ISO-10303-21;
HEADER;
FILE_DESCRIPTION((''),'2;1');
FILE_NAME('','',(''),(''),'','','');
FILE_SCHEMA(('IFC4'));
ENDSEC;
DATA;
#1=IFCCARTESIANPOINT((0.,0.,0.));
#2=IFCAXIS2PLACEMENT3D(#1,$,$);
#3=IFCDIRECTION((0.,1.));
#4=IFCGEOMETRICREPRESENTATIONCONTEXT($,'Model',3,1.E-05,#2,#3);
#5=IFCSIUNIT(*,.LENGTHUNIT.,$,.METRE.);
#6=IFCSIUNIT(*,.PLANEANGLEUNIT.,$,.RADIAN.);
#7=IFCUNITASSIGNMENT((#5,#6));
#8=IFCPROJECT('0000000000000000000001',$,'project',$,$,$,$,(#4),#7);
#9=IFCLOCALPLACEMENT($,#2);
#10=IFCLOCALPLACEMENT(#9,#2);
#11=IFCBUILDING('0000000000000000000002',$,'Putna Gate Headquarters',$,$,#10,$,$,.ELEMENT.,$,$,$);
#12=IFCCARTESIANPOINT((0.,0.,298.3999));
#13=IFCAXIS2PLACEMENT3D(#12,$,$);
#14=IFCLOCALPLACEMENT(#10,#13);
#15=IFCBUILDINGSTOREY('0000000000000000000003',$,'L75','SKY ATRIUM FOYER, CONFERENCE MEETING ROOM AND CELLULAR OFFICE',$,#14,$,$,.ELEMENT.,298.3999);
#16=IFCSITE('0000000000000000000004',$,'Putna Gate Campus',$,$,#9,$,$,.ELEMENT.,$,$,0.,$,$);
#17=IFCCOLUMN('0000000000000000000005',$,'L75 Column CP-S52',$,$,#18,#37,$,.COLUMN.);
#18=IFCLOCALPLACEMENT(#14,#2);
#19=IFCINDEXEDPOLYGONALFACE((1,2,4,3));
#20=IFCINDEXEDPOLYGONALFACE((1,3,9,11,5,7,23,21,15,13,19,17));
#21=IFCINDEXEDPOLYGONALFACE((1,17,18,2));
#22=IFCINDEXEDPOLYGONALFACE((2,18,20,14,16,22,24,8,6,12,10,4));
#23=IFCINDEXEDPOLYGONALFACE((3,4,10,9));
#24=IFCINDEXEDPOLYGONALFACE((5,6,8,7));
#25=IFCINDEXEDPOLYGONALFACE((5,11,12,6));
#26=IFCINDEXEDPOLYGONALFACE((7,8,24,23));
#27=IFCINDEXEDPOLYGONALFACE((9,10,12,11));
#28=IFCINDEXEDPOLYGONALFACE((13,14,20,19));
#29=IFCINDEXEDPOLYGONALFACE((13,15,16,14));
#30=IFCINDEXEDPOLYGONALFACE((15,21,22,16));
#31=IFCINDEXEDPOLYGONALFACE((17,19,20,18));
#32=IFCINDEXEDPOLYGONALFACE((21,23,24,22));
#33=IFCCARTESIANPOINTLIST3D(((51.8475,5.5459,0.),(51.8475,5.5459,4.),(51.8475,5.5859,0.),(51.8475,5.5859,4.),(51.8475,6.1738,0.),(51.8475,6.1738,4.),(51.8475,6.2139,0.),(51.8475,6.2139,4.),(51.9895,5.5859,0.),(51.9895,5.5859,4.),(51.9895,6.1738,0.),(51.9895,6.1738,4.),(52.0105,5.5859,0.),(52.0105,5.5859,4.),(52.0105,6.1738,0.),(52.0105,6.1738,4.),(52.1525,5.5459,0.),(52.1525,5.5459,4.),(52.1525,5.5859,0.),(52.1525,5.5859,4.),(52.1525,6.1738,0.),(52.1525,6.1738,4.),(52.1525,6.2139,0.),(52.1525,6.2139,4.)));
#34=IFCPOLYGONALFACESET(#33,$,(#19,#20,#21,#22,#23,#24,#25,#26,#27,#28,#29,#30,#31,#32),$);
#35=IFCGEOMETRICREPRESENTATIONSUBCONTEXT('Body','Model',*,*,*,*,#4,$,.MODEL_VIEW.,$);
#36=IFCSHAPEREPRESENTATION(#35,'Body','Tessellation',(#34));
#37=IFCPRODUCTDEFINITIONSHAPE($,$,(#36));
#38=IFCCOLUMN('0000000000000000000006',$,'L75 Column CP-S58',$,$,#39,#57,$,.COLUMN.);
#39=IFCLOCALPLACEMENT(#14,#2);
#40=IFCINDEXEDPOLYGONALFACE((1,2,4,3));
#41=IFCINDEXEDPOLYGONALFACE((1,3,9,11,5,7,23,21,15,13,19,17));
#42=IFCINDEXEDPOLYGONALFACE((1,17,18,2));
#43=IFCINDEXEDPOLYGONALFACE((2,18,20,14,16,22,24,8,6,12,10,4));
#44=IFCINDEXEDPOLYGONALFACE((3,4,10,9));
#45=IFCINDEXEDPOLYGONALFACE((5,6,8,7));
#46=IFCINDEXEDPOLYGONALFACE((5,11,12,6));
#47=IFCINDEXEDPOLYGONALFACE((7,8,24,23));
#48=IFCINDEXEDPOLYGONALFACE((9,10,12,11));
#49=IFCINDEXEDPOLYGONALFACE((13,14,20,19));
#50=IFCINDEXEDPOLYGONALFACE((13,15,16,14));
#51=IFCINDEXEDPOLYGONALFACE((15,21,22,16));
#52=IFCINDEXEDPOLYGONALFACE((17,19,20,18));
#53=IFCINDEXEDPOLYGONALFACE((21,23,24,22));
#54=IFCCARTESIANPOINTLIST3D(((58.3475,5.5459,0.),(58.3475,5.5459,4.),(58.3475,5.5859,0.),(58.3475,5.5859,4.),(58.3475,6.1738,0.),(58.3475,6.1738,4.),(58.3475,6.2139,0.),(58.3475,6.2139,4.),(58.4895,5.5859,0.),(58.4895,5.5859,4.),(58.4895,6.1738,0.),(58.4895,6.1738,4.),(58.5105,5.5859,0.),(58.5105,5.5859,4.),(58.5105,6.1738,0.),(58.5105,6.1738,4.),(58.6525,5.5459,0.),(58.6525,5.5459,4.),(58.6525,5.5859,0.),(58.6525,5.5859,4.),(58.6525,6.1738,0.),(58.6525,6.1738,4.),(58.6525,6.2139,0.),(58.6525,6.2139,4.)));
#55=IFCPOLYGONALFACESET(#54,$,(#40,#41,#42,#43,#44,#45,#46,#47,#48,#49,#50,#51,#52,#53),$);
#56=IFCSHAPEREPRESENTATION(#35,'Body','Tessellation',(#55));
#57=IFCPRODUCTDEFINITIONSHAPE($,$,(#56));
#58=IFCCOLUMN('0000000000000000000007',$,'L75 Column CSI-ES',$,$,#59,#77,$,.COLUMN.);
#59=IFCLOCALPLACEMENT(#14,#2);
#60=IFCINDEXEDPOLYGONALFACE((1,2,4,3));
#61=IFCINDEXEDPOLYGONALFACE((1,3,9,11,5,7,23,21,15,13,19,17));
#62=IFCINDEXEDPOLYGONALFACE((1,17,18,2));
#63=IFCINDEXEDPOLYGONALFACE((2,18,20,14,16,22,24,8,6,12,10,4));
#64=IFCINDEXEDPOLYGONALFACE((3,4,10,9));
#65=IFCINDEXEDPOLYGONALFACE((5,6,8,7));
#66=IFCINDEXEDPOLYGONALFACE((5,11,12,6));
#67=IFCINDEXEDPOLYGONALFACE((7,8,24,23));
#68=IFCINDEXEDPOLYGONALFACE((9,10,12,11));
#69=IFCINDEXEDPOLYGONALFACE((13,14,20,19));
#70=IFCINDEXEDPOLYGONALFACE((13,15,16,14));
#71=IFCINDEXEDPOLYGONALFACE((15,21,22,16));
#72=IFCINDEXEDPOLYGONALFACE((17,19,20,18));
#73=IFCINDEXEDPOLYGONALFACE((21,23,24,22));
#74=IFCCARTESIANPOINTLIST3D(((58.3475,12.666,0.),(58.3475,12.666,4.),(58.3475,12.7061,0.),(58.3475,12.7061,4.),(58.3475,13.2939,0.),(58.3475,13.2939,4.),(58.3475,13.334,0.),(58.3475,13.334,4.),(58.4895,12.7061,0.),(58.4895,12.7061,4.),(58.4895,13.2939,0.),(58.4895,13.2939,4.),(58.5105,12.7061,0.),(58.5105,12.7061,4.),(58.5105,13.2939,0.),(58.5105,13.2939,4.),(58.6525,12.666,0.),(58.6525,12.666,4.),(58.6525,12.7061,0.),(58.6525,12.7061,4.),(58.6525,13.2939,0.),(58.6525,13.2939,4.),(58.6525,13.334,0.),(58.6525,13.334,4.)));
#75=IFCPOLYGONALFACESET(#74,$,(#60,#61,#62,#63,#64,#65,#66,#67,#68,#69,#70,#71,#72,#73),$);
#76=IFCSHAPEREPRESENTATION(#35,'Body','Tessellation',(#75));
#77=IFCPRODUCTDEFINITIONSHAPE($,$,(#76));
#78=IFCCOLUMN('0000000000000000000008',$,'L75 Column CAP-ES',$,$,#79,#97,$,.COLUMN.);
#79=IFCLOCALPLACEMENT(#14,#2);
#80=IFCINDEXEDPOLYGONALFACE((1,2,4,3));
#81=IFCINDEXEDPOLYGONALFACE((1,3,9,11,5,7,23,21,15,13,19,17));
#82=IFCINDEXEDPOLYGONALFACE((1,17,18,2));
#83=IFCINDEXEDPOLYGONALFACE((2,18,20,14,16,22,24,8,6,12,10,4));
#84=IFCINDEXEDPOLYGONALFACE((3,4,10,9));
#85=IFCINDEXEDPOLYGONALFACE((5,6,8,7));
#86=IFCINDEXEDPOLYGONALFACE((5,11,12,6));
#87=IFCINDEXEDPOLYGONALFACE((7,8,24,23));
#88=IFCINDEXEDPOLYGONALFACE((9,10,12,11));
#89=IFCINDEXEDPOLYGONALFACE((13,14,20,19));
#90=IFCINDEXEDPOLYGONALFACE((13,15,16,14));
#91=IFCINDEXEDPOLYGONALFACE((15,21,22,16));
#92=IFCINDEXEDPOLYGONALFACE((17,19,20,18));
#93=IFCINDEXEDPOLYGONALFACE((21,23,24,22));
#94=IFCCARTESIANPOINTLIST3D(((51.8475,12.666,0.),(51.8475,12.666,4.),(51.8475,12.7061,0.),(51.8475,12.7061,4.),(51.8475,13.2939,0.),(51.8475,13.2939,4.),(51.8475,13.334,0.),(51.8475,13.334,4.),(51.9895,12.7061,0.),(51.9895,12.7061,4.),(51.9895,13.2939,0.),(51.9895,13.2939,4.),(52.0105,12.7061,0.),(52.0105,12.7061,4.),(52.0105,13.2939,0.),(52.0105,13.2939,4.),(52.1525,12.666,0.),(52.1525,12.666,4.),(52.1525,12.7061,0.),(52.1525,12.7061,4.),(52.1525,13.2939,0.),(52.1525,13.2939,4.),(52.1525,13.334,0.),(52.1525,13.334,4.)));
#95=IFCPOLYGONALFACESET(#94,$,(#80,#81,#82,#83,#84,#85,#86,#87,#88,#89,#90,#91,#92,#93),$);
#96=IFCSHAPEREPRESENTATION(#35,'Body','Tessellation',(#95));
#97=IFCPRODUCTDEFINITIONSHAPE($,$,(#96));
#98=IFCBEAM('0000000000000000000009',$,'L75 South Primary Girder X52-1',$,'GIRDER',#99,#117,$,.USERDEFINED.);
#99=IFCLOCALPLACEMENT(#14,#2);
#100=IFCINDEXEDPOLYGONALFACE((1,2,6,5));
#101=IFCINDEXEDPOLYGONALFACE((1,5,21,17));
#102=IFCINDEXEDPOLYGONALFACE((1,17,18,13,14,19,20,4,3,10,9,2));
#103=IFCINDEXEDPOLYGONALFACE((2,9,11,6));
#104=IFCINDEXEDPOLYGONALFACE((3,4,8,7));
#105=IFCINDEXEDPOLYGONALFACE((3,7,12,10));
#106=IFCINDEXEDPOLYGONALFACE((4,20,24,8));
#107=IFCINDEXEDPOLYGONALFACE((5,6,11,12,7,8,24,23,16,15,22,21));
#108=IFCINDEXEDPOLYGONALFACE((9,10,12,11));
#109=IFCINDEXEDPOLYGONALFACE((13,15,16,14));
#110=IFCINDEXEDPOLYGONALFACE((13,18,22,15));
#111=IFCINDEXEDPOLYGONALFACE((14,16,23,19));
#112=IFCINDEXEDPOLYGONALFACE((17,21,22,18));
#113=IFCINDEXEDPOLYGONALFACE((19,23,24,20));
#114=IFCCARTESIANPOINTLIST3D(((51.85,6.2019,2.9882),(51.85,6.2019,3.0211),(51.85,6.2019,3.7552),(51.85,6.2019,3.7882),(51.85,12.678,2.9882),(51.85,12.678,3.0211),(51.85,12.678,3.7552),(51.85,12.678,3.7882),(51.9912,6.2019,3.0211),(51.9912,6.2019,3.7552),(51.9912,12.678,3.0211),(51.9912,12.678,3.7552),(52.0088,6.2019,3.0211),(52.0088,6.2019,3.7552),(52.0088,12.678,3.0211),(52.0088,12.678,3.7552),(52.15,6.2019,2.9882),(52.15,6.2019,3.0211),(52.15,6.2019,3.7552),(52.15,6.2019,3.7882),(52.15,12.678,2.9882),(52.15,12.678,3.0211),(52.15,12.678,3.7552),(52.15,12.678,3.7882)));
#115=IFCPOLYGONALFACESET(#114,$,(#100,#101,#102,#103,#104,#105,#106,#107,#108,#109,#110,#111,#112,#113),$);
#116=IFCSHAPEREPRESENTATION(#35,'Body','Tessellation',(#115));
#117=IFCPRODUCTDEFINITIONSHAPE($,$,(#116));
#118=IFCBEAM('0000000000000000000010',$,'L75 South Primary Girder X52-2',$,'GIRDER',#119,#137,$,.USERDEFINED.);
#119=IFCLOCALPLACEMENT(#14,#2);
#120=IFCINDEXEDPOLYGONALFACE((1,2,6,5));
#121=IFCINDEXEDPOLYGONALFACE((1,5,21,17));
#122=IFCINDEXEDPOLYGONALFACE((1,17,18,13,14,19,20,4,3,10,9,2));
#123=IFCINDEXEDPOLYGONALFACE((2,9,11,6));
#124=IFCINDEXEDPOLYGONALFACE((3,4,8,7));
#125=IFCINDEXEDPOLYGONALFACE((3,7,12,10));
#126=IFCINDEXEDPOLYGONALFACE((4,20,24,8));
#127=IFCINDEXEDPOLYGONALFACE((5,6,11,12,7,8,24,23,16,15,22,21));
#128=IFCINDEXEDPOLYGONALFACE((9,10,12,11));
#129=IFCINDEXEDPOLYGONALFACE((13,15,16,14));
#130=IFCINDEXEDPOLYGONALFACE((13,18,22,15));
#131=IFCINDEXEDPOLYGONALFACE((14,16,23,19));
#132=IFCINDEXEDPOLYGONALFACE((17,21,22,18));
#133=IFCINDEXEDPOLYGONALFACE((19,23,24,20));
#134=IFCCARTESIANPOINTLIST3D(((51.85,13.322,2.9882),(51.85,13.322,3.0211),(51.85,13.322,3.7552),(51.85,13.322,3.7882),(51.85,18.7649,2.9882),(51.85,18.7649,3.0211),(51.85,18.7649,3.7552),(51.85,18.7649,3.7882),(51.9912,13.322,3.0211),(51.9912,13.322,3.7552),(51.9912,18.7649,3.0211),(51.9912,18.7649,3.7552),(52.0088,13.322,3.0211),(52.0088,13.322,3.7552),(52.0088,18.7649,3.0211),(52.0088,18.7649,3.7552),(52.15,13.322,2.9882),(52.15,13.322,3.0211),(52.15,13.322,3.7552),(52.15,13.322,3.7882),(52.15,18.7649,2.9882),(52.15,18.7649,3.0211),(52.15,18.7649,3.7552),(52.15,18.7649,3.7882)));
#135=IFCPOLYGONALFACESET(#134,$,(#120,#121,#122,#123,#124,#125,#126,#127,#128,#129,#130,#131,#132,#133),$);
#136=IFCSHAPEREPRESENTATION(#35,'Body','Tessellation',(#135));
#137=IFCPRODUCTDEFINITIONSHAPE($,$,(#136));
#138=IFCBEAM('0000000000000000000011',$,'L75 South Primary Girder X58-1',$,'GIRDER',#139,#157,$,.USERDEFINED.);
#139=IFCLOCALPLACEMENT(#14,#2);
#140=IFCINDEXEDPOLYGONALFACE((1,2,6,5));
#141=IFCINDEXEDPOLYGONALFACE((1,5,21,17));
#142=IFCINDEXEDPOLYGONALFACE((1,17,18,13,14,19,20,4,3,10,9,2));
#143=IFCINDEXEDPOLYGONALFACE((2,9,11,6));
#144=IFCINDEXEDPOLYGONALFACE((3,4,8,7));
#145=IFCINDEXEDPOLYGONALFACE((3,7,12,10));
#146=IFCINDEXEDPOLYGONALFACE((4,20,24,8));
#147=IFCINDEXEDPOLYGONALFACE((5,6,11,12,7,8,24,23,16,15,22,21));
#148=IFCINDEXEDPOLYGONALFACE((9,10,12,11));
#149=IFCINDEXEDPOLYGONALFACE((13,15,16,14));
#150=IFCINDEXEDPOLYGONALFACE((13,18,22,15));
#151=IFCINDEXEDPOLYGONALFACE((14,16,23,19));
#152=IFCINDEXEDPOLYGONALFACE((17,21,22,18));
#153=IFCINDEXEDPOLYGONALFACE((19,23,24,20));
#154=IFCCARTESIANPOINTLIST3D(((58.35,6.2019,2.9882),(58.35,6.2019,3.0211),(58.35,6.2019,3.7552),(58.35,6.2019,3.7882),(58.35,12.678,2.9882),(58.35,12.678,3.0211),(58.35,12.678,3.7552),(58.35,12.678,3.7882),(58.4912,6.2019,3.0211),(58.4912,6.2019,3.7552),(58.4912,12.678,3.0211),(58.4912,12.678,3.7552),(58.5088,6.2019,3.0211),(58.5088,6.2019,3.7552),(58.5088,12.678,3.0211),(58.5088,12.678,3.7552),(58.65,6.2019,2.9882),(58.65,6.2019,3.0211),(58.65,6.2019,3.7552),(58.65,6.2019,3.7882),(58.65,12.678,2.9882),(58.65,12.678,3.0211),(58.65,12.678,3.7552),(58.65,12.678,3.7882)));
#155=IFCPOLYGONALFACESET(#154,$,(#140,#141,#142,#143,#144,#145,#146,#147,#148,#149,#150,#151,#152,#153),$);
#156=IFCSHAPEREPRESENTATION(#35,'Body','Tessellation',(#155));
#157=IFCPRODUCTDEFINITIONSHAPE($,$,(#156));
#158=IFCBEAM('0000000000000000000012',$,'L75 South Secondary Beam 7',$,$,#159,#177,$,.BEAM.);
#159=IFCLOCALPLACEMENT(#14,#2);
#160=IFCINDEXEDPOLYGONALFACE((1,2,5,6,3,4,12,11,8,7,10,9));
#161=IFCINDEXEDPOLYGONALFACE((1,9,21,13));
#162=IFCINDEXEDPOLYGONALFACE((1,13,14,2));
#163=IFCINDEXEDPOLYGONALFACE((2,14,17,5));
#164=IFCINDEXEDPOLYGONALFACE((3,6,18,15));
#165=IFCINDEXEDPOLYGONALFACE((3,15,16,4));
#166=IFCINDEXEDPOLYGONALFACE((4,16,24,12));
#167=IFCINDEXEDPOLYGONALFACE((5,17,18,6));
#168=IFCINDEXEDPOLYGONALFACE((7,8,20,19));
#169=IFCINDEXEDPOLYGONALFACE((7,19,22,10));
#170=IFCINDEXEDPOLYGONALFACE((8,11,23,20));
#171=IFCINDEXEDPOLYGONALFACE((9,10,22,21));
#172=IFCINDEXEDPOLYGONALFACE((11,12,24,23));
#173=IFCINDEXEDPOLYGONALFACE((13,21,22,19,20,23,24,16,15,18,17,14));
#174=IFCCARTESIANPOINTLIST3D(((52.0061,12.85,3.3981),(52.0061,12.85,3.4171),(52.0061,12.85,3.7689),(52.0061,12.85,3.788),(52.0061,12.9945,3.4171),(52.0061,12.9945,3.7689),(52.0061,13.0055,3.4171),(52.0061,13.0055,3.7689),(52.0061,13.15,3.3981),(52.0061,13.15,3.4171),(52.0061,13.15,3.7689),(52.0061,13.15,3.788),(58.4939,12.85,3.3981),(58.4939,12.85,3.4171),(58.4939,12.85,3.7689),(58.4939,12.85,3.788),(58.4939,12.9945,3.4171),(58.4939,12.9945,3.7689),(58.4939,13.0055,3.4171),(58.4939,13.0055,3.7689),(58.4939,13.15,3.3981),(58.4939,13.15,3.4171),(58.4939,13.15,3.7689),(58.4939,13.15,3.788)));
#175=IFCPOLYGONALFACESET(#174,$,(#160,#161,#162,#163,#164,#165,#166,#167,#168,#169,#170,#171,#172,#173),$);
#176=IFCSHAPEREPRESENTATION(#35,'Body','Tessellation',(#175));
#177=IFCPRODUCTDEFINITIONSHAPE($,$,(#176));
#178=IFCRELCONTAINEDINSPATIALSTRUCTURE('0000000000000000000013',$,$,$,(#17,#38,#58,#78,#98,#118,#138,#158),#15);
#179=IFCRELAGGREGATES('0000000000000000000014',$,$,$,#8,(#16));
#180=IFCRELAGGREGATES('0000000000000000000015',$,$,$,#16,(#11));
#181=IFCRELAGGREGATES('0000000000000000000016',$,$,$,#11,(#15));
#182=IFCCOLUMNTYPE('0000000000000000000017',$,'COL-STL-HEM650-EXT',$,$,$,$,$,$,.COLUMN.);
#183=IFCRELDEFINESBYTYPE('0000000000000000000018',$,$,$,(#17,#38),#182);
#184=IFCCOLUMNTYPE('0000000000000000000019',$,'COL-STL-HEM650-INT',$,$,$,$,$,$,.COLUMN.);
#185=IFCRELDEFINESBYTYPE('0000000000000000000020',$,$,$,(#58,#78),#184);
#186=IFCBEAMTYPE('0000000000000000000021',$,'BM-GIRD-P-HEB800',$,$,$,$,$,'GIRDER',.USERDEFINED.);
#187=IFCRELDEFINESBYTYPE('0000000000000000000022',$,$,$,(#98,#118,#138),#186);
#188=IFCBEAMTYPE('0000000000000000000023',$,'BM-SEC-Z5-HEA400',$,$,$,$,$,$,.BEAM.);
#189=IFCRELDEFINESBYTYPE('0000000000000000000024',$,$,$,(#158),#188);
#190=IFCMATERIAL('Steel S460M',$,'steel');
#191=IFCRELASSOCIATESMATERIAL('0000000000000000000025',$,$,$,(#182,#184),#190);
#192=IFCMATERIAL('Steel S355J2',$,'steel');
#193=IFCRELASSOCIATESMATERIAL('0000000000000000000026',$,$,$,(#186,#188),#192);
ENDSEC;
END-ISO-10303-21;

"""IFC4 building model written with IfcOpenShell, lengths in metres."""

from ifc_helpers import new_model, si_unit, direction, frame, origin, origin_2d, place, context, subcontext, project, spatial, i_section, extrude, material, material_profile, profile_set, type_object, element, save


model = new_model("IFC4")

# Units and contexts
model_context = context("Model", 3, precision=1e-05, world=origin(), true_north=direction((0.0, 1.0)))
body_context = subcontext(model_context, "Body", "Model", "MODEL_VIEW")
ifc_project = project(units=[si_unit("LENGTHUNIT", "METRE"), si_unit("PLANEANGLEUNIT", "RADIAN")], contexts=[model_context])

# Site, building, storey
site_placement = place(None, origin())
site = spatial("IfcSite", under=ifc_project, at=site_placement, Name="Putna Gate Campus", CompositionType="ELEMENT", RefElevation=0.0)
building_placement = place(site_placement, origin())
building = spatial("IfcBuilding", under=site, at=building_placement, Name="Putna Gate Headquarters", CompositionType="ELEMENT")
storey_placement = place(building_placement, frame((0.0, 0.0, 298.3999)))
storey = spatial("IfcBuildingStorey", under=building, at=storey_placement, Name="L75", Description="SKY ATRIUM FOYER, CONFERENCE MEETING ROOM AND CELLULAR OFFICE", CompositionType="ELEMENT", Elevation=298.3999)

# Columns
ifc_material_1 = material(Name="Steel S460M", Category="steel")
ifc_material_profile_1 = material_profile(ifc_material_1, i_section(OverallWidth=0.3049, OverallDepth=0.668, WebThickness=0.021, FlangeThickness=0.04, at=origin_2d()), Name="Steel S460M")
ifc_profile_set_1 = profile_set([ifc_material_profile_1], Name="Steel S460M")
column_type_1 = type_object("IfcColumnType", Name="COL-STL-HEM650-EXT", PredefinedType="COLUMN", material=ifc_profile_set_1)
for number, where, z_axis, x_axis, name in (
    (1, (52.0, 5.8799, 0.0), (0.0, 0.0, 1.0), (1.0, 0.0, 0.0), "L75 Column CP-S52"),
    (2, (58.5, 5.8799, 0.0), (0.0, 0.0, 1.0), (1.0, 0.0, 0.0), "L75 Column CP-S58"),
):
    element("IfcColumn", number, at=place(storey_placement, frame(where, z_axis=z_axis, x_axis=x_axis)), inside=storey, type_object=column_type_1, Name=name, PredefinedType="COLUMN", context=body_context, shape_type="SweptSolid", body=[
        extrude(i_section(OverallWidth=0.3049, OverallDepth=0.668, WebThickness=0.021, FlangeThickness=0.04, at=origin_2d()), origin(), (0.0, 0.0, 1.0), 4.0),
    ])
ifc_material_profile_2 = material_profile(ifc_material_1, i_section(OverallWidth=0.3049, OverallDepth=0.668, WebThickness=0.021, FlangeThickness=0.04, at=origin_2d()), Name="Steel S460M")
ifc_profile_set_2 = profile_set([ifc_material_profile_2], Name="Steel S460M")
column_type_2 = type_object("IfcColumnType", Name="COL-STL-HEM650-INT", PredefinedType="COLUMN", material=ifc_profile_set_2)
for number, where, z_axis, x_axis, name in (
    (3, (58.5, 13.0, 0.0), (0.0, 0.0, 1.0), (1.0, 0.0, 0.0), "L75 Column CSI-ES"),
    (4, (52.0, 13.0, 0.0), (0.0, 0.0, 1.0), (1.0, 0.0, 0.0), "L75 Column CAP-ES"),
):
    element("IfcColumn", number, at=place(storey_placement, frame(where, z_axis=z_axis, x_axis=x_axis)), inside=storey, type_object=column_type_2, Name=name, PredefinedType="COLUMN", context=body_context, shape_type="SweptSolid", body=[
        extrude(i_section(OverallWidth=0.3049, OverallDepth=0.668, WebThickness=0.021, FlangeThickness=0.04, at=origin_2d()), origin(), (0.0, 0.0, 1.0), 4.0),
    ])

# Beams
ifc_material_2 = material(Name="Steel S355J2", Category="steel")
ifc_material_profile_3 = material_profile(ifc_material_2, i_section(OverallWidth=0.3, OverallDepth=0.8, WebThickness=0.0176, FlangeThickness=0.033, at=origin_2d()), Name="Steel S355J2")
ifc_profile_set_3 = profile_set([ifc_material_profile_3], Name="Steel S355J2")
beam_type_1 = type_object("IfcBeamType", Name="BM-GIRD-P-HEB800", ElementType="GIRDER", PredefinedType="USERDEFINED", material=ifc_profile_set_3)
beam_1_placement = place(storey_placement, frame((52.0, 6.2019, 3.3882), z_axis=(0.0, 1.0, 0.0), x_axis=(-1.0, 0.0, 0.0)))
element("IfcBeam", 5, at=beam_1_placement, inside=storey, type_object=beam_type_1, Name="L75 South Primary Girder X52-1", ObjectType="GIRDER", PredefinedType="USERDEFINED", context=body_context, shape_type="SweptSolid", body=[
    extrude(i_section(OverallWidth=0.3, OverallDepth=0.8, WebThickness=0.0176, FlangeThickness=0.033, at=origin_2d()), origin(), (0.0, 0.0, 1.0), 6.4761),
])
beam_2_placement = place(storey_placement, frame((52.0, 13.322, 3.3882), z_axis=(0.0, 1.0, 0.0), x_axis=(-1.0, 0.0, 0.0)))
element("IfcBeam", 6, at=beam_2_placement, inside=storey, type_object=beam_type_1, Name="L75 South Primary Girder X52-2", ObjectType="GIRDER", PredefinedType="USERDEFINED", context=body_context, shape_type="SweptSolid", body=[
    extrude(i_section(OverallWidth=0.3, OverallDepth=0.8, WebThickness=0.0176, FlangeThickness=0.033, at=origin_2d()), origin(), (0.0, 0.0, 1.0), 5.4429),
])
beam_3_placement = place(storey_placement, frame((58.5, 6.2019, 3.3882), z_axis=(0.0, 1.0, 0.0), x_axis=(-1.0, 0.0, 0.0)))
element("IfcBeam", 7, at=beam_3_placement, inside=storey, type_object=beam_type_1, Name="L75 South Primary Girder X58-1", ObjectType="GIRDER", PredefinedType="USERDEFINED", context=body_context, shape_type="SweptSolid", body=[
    extrude(i_section(OverallWidth=0.3, OverallDepth=0.8, WebThickness=0.0176, FlangeThickness=0.033, at=origin_2d()), origin(), (0.0, 0.0, 1.0), 6.4761),
])
ifc_material_profile_4 = material_profile(ifc_material_2, i_section(OverallWidth=0.3, OverallDepth=0.3899, WebThickness=0.011, FlangeThickness=0.019, at=origin_2d()), Name="Steel S355J2")
ifc_profile_set_4 = profile_set([ifc_material_profile_4], Name="Steel S355J2")
beam_type_2 = type_object("IfcBeamType", Name="BM-SEC-Z5-HEA400", PredefinedType="BEAM", material=ifc_profile_set_4)
beam_4_placement = place(storey_placement, frame((52.0061, 13.0, 3.593), z_axis=(1.0, 0.0, 0.0), x_axis=(0.0, 1.0, 0.0)))
element("IfcBeam", 8, at=beam_4_placement, inside=storey, type_object=beam_type_2, Name="L75 South Secondary Beam 7", PredefinedType="BEAM", context=body_context, shape_type="SweptSolid", body=[
    extrude(i_section(OverallWidth=0.3, OverallDepth=0.3899, WebThickness=0.011, FlangeThickness=0.019, at=origin_2d()), origin(), (0.0, 0.0, 1.0), 6.4878),
])

save(model, "model.ifc")
